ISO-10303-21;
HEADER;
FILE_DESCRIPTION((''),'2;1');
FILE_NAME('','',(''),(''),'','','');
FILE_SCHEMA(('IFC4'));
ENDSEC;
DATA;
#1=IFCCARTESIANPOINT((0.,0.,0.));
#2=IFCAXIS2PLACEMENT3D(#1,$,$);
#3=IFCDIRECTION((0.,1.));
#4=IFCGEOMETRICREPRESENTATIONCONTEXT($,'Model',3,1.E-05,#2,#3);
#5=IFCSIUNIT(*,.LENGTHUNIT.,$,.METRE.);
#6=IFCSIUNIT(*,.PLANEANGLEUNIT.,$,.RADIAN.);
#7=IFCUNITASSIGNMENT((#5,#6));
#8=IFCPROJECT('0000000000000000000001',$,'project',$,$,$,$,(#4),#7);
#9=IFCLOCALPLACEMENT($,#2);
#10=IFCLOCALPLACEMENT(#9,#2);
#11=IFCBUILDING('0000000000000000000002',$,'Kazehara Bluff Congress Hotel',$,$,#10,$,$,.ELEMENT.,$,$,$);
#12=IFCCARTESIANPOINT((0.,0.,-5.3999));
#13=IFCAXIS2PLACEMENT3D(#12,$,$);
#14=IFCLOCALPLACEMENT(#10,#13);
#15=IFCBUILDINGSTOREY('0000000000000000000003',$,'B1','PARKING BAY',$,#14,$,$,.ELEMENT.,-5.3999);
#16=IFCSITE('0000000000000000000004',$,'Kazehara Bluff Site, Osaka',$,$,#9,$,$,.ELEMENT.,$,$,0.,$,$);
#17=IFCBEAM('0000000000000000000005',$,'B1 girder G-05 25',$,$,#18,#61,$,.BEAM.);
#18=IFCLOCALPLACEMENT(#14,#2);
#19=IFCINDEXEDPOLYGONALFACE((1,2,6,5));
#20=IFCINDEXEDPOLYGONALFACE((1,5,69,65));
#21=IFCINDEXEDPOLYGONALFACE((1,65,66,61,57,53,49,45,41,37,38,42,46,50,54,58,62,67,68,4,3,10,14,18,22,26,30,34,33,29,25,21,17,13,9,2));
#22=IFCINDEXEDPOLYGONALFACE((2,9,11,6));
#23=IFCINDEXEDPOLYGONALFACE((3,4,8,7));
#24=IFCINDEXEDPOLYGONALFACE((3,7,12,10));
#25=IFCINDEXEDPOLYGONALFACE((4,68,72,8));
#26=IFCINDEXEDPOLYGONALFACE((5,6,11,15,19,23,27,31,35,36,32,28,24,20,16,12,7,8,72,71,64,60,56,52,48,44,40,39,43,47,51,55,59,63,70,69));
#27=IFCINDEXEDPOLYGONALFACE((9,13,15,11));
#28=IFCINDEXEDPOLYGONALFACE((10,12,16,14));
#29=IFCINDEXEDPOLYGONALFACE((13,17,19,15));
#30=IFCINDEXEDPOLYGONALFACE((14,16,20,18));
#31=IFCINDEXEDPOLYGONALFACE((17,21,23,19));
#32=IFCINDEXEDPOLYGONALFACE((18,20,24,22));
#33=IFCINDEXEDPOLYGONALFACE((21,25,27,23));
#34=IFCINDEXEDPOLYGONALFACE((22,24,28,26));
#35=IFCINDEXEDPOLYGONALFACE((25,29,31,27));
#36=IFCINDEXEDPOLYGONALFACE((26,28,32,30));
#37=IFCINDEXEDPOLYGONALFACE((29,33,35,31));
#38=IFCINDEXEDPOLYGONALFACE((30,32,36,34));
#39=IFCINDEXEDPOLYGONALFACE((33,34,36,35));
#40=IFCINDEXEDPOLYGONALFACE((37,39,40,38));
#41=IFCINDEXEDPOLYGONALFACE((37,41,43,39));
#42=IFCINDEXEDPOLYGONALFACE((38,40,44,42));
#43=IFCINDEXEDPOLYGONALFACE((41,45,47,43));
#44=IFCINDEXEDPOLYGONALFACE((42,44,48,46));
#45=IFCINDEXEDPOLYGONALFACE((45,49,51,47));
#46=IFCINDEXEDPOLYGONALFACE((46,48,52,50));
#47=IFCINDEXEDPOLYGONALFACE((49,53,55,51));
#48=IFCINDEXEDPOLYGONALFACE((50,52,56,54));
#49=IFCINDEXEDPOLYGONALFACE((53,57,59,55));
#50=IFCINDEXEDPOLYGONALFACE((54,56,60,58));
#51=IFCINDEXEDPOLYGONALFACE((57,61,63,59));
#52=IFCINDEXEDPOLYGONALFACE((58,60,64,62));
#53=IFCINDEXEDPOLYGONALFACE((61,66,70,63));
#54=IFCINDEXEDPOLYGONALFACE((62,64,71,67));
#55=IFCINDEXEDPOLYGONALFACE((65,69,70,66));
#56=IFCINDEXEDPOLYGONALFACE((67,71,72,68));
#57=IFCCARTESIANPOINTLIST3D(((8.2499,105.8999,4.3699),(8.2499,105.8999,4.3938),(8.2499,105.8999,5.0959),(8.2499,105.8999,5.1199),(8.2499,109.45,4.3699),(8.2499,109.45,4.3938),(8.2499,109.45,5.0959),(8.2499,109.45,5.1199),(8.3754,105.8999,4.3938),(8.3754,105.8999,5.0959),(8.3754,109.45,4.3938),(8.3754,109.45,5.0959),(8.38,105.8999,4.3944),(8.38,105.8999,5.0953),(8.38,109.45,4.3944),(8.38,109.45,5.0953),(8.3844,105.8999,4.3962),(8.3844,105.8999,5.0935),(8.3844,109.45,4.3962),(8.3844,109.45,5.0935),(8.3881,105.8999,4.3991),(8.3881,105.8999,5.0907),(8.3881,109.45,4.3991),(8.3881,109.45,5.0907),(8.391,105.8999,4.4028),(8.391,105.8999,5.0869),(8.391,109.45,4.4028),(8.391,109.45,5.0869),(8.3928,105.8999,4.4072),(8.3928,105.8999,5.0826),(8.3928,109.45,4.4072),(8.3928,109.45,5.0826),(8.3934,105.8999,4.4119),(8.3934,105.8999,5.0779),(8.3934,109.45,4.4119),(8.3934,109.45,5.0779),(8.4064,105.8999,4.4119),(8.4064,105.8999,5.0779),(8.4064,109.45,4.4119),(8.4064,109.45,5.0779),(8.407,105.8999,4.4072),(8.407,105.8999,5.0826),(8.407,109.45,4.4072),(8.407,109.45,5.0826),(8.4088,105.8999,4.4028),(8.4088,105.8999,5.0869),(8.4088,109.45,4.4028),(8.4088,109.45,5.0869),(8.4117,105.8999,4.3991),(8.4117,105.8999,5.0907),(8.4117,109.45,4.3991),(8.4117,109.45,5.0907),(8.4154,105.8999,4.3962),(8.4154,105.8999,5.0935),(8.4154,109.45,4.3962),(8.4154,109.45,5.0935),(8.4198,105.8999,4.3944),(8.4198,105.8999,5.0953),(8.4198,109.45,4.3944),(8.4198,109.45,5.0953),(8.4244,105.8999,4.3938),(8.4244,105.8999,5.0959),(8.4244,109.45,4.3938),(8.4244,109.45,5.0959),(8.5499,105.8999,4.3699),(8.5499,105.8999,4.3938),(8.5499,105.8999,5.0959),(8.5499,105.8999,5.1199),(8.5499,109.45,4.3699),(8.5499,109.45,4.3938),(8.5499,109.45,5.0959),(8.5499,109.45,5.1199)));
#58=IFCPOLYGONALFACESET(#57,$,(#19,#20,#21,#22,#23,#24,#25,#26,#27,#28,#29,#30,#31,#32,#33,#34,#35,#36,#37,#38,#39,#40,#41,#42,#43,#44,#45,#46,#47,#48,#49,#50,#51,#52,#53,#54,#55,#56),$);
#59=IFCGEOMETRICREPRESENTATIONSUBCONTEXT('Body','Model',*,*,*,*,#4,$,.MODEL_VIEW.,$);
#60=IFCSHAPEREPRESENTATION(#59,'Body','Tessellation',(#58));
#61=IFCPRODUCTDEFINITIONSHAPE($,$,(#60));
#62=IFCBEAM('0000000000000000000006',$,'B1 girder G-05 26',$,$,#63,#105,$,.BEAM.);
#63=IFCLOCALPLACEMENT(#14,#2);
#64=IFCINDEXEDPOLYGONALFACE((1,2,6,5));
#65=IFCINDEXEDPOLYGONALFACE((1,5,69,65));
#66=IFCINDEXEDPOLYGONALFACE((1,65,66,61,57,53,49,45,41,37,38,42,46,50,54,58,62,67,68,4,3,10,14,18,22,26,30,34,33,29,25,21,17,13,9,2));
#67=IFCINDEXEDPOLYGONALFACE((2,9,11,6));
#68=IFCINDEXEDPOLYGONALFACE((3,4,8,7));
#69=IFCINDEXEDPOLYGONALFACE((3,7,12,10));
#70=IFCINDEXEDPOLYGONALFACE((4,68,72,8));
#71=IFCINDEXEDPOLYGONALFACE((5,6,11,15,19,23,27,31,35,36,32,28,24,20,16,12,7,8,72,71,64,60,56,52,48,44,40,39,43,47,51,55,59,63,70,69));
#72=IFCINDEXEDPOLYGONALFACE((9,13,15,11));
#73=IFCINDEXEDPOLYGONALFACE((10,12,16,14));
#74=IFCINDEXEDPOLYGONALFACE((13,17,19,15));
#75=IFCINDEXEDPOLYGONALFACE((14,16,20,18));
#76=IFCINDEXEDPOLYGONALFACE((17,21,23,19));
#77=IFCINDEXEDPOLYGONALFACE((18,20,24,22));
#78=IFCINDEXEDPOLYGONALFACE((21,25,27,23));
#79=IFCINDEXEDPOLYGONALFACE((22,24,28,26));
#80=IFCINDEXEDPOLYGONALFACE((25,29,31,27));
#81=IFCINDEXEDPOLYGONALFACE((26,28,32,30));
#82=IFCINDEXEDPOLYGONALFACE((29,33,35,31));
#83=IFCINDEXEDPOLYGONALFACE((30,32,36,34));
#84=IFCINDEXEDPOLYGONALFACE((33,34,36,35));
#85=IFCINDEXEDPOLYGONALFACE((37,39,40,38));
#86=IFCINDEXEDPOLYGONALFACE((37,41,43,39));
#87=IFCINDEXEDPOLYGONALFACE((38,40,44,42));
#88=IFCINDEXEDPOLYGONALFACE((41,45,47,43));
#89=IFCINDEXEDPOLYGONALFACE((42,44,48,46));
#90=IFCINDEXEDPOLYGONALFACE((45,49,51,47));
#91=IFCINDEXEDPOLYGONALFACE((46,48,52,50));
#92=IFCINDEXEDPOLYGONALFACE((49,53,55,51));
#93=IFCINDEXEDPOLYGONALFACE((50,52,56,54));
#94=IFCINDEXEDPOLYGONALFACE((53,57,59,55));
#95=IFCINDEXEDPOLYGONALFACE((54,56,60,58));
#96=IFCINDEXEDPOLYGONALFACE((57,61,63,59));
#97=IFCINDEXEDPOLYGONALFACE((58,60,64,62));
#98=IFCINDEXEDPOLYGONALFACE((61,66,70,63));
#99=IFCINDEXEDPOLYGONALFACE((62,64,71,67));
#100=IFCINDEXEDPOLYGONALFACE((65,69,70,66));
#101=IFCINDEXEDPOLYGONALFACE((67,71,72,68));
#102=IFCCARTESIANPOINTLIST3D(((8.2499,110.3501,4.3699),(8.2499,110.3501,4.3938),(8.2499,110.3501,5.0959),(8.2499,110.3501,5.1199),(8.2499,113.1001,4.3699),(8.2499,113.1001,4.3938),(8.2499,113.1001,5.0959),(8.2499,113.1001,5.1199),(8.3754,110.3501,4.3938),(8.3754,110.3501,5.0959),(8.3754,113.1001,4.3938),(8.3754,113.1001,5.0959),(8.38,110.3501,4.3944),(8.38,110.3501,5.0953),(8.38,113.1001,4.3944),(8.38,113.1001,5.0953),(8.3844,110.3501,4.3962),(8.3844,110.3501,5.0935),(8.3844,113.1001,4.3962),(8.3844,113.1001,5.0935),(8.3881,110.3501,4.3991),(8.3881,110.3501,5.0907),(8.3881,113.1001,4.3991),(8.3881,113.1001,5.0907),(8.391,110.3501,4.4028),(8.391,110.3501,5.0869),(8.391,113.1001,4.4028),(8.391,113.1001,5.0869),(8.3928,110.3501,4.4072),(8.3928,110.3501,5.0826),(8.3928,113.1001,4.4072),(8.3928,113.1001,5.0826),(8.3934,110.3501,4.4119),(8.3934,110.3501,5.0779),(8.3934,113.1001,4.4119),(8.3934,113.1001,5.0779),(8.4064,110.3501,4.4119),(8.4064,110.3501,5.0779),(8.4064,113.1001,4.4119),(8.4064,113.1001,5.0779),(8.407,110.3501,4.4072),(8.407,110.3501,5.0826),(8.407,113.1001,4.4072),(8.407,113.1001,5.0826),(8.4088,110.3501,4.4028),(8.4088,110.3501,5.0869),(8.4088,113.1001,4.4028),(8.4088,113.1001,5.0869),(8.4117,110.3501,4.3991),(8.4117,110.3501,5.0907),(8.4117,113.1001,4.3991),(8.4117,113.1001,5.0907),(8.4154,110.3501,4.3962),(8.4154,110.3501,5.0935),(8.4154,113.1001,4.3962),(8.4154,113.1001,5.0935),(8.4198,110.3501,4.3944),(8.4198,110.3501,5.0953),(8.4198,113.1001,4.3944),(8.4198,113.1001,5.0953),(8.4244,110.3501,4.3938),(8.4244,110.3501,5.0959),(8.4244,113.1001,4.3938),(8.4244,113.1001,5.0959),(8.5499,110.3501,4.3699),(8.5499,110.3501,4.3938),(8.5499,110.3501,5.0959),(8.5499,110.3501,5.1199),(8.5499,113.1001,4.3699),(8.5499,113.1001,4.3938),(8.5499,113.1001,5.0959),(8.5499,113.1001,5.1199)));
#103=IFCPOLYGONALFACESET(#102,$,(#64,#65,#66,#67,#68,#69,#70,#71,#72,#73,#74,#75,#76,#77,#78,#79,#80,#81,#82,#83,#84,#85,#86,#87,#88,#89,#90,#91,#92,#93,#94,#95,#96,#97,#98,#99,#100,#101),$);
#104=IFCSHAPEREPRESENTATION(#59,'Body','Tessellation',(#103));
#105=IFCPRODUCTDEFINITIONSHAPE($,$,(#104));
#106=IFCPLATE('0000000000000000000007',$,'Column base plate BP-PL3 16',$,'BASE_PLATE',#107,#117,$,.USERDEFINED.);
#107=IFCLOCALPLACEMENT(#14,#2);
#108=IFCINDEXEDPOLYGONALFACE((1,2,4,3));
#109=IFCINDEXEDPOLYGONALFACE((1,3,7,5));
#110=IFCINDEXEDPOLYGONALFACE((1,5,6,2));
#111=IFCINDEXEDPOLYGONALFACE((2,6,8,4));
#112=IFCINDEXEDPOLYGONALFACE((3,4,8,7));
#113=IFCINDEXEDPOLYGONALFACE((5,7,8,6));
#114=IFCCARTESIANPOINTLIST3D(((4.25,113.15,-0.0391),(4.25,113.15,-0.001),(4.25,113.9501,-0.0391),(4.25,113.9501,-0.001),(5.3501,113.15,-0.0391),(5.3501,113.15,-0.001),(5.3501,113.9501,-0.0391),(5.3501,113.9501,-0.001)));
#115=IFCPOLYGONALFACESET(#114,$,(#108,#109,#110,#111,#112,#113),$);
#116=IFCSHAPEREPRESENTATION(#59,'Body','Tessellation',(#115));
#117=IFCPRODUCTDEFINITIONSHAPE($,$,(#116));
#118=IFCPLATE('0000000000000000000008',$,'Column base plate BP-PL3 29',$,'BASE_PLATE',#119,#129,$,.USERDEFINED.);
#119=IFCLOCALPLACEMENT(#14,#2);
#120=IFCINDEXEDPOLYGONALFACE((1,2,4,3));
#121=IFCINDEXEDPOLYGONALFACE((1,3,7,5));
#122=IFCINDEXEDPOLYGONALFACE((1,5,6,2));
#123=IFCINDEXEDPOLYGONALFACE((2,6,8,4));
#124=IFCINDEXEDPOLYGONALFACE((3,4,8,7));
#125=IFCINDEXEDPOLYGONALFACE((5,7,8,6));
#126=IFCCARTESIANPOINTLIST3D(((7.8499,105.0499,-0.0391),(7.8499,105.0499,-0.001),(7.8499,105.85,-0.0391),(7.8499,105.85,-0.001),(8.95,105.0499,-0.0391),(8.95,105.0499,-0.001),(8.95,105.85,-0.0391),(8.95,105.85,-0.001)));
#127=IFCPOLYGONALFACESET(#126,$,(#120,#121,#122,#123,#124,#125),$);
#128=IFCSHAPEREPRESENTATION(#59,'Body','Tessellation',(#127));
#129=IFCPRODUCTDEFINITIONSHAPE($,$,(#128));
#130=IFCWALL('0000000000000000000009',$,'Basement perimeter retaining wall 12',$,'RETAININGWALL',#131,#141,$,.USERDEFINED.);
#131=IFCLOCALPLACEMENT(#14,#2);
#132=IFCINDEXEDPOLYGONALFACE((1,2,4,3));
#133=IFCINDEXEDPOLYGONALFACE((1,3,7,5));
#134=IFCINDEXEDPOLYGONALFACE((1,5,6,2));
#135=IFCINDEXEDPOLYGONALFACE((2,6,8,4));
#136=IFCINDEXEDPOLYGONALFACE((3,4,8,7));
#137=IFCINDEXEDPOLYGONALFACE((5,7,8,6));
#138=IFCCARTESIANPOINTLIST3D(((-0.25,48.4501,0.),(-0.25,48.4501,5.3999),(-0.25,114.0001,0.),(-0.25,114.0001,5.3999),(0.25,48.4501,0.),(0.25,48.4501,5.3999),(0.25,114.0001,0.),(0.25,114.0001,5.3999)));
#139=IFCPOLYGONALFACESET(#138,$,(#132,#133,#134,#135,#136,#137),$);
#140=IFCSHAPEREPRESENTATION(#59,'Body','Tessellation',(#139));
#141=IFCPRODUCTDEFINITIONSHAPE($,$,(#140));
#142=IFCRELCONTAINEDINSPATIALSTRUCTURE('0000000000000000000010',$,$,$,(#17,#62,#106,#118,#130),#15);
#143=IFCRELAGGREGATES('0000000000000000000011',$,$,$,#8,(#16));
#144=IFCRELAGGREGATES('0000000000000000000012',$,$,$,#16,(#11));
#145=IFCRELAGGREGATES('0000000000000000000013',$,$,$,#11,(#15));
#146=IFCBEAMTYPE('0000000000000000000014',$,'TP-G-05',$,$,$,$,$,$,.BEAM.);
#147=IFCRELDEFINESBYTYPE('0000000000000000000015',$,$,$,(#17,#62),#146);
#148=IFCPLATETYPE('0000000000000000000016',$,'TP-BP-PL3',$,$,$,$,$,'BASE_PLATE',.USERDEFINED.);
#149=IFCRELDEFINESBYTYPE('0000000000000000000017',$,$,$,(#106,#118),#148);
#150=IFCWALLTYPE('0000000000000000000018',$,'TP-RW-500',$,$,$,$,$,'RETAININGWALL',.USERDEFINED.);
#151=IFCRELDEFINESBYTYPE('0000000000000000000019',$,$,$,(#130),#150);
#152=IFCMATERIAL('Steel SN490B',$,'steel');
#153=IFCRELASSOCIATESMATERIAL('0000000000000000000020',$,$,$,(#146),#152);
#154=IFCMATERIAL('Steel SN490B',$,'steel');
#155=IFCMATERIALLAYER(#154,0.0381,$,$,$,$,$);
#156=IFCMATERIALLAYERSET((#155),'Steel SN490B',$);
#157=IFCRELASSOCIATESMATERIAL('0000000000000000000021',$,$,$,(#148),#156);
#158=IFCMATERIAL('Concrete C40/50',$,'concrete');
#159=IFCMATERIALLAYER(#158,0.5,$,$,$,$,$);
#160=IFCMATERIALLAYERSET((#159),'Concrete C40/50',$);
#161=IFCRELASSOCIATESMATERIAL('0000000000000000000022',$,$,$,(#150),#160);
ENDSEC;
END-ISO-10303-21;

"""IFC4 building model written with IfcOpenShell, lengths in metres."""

from ifc_helpers import new_model, si_unit, direction, frame, frame_2d, origin, origin_2d, place, context, subcontext, project, spatial, rectangle, i_section, extrude, material, layer, layer_set, material_profile, profile_set, type_object, element, save


model = new_model("IFC4")

# Units and contexts
model_context = context("Model", 3, precision=1e-05, world=origin(), true_north=direction((0.0, 1.0)))
body_context = subcontext(model_context, "Body", "Model", "MODEL_VIEW")
ifc_project = project(units=[si_unit("LENGTHUNIT", "METRE"), si_unit("PLANEANGLEUNIT", "RADIAN")], contexts=[model_context])

# Site, building, storey
site_placement = place(None, origin())
site = spatial("IfcSite", under=ifc_project, at=site_placement, Name="Kazehara Bluff Site, Osaka", CompositionType="ELEMENT", RefElevation=0.0)
building_placement = place(site_placement, origin())
building = spatial("IfcBuilding", under=site, at=building_placement, Name="Kazehara Bluff Congress Hotel", CompositionType="ELEMENT")
storey_placement = place(building_placement, frame((0.0, 0.0, -5.3999)))
storey = spatial("IfcBuildingStorey", under=building, at=storey_placement, Name="B1", Description="PARKING BAY", CompositionType="ELEMENT", Elevation=-5.3999)

# Beams
ifc_material_1 = material(Name="Steel SN490B", Category="steel")
ifc_material_profile_1 = material_profile(ifc_material_1, i_section(OverallWidth=0.3, OverallDepth=0.75, WebThickness=0.0129, FlangeThickness=0.0239, FilletRadius=0.0181, at=origin_2d()))
ifc_profile_set_1 = profile_set([ifc_material_profile_1], Name="Steel SN490B")
beam_type_1 = type_object("IfcBeamType", Name="TP-G-05", PredefinedType="BEAM", material=ifc_profile_set_1)
beam_1_placement = place(storey_placement, frame((8.3999, 105.8999, 4.7449), z_axis=(0.0, 1.0, 0.0), x_axis=(-1.0, 0.0, 0.0)))
element("IfcBeam", 1, at=beam_1_placement, inside=storey, type_object=beam_type_1, Name="B1 girder G-05 25", PredefinedType="BEAM", context=body_context, shape_type="SweptSolid", body=[
    extrude(i_section(OverallWidth=0.3, OverallDepth=0.75, WebThickness=0.0129, FlangeThickness=0.0239, FilletRadius=0.0181, at=origin_2d()), origin(), (0.0, 0.0, 1.0), 3.55),
])
beam_2_placement = place(storey_placement, frame((8.3999, 110.3501, 4.7449), z_axis=(0.0, 1.0, 0.0), x_axis=(-1.0, 0.0, 0.0)))
element("IfcBeam", 2, at=beam_2_placement, inside=storey, type_object=beam_type_1, Name="B1 girder G-05 26", PredefinedType="BEAM", context=body_context, shape_type="SweptSolid", body=[
    extrude(i_section(OverallWidth=0.3, OverallDepth=0.75, WebThickness=0.0129, FlangeThickness=0.0239, FilletRadius=0.0181, at=origin_2d()), origin(), (0.0, 0.0, 1.0), 2.75),
])

# Plates
ifc_material_2 = material(Name="Steel SN490B", Category="steel")
ifc_layer_1 = layer(ifc_material_2, 0.0381)
ifc_layer_set_1 = layer_set([ifc_layer_1], Name="Steel SN490B")
plate_type = type_object("IfcPlateType", Name="TP-BP-PL3", ElementType="BASE_PLATE", PredefinedType="USERDEFINED", material=ifc_layer_set_1)
for number, where, z_axis, x_axis, name in (
    (3, (4.8, 113.55, -0.0391), (0.0, 0.0, 1.0), (1.0, 0.0, 0.0), "Column base plate BP-PL3 16"),
    (4, (8.3999, 105.45, -0.0391), (0.0, 0.0, 1.0), (1.0, 0.0, 0.0), "Column base plate BP-PL3 29"),
):
    element("IfcPlate", number, at=place(storey_placement, frame(where, z_axis=z_axis, x_axis=x_axis)), inside=storey, type_object=plate_type, Name=name, ObjectType="BASE_PLATE", PredefinedType="USERDEFINED", context=body_context, shape_type="SweptSolid", body=[
        extrude(rectangle(XDim=1.1001, YDim=0.8, at=origin_2d()), origin(), (0.0, 0.0, 1.0), 0.0381),
    ])

# Wall
ifc_material_3 = material(Name="Concrete C40/50", Category="concrete")
ifc_layer_2 = layer(ifc_material_3, 0.5)
ifc_layer_set_2 = layer_set([ifc_layer_2], Name="Concrete C40/50")
wall_type = type_object("IfcWallType", Name="TP-RW-500", ElementType="RETAININGWALL", PredefinedType="USERDEFINED", material=ifc_layer_set_2)
wall_placement = place(storey_placement, frame((0.0, 114.0, 0.0), z_axis=(0.0, 0.0, 1.0), x_axis=(0.0, -1.0, 0.0)))
element("IfcWall", 5, at=wall_placement, inside=storey, type_object=wall_type, Name="Basement perimeter retaining wall 12", ObjectType="RETAININGWALL", PredefinedType="USERDEFINED", context=body_context, shape_type="SweptSolid", body=[
    extrude(rectangle(XDim=65.55, YDim=0.5, at=frame_2d((32.7749, 0.0))), origin(), (0.0, 0.0, 1.0), 5.3999),
])

save(model, "model.ifc")
